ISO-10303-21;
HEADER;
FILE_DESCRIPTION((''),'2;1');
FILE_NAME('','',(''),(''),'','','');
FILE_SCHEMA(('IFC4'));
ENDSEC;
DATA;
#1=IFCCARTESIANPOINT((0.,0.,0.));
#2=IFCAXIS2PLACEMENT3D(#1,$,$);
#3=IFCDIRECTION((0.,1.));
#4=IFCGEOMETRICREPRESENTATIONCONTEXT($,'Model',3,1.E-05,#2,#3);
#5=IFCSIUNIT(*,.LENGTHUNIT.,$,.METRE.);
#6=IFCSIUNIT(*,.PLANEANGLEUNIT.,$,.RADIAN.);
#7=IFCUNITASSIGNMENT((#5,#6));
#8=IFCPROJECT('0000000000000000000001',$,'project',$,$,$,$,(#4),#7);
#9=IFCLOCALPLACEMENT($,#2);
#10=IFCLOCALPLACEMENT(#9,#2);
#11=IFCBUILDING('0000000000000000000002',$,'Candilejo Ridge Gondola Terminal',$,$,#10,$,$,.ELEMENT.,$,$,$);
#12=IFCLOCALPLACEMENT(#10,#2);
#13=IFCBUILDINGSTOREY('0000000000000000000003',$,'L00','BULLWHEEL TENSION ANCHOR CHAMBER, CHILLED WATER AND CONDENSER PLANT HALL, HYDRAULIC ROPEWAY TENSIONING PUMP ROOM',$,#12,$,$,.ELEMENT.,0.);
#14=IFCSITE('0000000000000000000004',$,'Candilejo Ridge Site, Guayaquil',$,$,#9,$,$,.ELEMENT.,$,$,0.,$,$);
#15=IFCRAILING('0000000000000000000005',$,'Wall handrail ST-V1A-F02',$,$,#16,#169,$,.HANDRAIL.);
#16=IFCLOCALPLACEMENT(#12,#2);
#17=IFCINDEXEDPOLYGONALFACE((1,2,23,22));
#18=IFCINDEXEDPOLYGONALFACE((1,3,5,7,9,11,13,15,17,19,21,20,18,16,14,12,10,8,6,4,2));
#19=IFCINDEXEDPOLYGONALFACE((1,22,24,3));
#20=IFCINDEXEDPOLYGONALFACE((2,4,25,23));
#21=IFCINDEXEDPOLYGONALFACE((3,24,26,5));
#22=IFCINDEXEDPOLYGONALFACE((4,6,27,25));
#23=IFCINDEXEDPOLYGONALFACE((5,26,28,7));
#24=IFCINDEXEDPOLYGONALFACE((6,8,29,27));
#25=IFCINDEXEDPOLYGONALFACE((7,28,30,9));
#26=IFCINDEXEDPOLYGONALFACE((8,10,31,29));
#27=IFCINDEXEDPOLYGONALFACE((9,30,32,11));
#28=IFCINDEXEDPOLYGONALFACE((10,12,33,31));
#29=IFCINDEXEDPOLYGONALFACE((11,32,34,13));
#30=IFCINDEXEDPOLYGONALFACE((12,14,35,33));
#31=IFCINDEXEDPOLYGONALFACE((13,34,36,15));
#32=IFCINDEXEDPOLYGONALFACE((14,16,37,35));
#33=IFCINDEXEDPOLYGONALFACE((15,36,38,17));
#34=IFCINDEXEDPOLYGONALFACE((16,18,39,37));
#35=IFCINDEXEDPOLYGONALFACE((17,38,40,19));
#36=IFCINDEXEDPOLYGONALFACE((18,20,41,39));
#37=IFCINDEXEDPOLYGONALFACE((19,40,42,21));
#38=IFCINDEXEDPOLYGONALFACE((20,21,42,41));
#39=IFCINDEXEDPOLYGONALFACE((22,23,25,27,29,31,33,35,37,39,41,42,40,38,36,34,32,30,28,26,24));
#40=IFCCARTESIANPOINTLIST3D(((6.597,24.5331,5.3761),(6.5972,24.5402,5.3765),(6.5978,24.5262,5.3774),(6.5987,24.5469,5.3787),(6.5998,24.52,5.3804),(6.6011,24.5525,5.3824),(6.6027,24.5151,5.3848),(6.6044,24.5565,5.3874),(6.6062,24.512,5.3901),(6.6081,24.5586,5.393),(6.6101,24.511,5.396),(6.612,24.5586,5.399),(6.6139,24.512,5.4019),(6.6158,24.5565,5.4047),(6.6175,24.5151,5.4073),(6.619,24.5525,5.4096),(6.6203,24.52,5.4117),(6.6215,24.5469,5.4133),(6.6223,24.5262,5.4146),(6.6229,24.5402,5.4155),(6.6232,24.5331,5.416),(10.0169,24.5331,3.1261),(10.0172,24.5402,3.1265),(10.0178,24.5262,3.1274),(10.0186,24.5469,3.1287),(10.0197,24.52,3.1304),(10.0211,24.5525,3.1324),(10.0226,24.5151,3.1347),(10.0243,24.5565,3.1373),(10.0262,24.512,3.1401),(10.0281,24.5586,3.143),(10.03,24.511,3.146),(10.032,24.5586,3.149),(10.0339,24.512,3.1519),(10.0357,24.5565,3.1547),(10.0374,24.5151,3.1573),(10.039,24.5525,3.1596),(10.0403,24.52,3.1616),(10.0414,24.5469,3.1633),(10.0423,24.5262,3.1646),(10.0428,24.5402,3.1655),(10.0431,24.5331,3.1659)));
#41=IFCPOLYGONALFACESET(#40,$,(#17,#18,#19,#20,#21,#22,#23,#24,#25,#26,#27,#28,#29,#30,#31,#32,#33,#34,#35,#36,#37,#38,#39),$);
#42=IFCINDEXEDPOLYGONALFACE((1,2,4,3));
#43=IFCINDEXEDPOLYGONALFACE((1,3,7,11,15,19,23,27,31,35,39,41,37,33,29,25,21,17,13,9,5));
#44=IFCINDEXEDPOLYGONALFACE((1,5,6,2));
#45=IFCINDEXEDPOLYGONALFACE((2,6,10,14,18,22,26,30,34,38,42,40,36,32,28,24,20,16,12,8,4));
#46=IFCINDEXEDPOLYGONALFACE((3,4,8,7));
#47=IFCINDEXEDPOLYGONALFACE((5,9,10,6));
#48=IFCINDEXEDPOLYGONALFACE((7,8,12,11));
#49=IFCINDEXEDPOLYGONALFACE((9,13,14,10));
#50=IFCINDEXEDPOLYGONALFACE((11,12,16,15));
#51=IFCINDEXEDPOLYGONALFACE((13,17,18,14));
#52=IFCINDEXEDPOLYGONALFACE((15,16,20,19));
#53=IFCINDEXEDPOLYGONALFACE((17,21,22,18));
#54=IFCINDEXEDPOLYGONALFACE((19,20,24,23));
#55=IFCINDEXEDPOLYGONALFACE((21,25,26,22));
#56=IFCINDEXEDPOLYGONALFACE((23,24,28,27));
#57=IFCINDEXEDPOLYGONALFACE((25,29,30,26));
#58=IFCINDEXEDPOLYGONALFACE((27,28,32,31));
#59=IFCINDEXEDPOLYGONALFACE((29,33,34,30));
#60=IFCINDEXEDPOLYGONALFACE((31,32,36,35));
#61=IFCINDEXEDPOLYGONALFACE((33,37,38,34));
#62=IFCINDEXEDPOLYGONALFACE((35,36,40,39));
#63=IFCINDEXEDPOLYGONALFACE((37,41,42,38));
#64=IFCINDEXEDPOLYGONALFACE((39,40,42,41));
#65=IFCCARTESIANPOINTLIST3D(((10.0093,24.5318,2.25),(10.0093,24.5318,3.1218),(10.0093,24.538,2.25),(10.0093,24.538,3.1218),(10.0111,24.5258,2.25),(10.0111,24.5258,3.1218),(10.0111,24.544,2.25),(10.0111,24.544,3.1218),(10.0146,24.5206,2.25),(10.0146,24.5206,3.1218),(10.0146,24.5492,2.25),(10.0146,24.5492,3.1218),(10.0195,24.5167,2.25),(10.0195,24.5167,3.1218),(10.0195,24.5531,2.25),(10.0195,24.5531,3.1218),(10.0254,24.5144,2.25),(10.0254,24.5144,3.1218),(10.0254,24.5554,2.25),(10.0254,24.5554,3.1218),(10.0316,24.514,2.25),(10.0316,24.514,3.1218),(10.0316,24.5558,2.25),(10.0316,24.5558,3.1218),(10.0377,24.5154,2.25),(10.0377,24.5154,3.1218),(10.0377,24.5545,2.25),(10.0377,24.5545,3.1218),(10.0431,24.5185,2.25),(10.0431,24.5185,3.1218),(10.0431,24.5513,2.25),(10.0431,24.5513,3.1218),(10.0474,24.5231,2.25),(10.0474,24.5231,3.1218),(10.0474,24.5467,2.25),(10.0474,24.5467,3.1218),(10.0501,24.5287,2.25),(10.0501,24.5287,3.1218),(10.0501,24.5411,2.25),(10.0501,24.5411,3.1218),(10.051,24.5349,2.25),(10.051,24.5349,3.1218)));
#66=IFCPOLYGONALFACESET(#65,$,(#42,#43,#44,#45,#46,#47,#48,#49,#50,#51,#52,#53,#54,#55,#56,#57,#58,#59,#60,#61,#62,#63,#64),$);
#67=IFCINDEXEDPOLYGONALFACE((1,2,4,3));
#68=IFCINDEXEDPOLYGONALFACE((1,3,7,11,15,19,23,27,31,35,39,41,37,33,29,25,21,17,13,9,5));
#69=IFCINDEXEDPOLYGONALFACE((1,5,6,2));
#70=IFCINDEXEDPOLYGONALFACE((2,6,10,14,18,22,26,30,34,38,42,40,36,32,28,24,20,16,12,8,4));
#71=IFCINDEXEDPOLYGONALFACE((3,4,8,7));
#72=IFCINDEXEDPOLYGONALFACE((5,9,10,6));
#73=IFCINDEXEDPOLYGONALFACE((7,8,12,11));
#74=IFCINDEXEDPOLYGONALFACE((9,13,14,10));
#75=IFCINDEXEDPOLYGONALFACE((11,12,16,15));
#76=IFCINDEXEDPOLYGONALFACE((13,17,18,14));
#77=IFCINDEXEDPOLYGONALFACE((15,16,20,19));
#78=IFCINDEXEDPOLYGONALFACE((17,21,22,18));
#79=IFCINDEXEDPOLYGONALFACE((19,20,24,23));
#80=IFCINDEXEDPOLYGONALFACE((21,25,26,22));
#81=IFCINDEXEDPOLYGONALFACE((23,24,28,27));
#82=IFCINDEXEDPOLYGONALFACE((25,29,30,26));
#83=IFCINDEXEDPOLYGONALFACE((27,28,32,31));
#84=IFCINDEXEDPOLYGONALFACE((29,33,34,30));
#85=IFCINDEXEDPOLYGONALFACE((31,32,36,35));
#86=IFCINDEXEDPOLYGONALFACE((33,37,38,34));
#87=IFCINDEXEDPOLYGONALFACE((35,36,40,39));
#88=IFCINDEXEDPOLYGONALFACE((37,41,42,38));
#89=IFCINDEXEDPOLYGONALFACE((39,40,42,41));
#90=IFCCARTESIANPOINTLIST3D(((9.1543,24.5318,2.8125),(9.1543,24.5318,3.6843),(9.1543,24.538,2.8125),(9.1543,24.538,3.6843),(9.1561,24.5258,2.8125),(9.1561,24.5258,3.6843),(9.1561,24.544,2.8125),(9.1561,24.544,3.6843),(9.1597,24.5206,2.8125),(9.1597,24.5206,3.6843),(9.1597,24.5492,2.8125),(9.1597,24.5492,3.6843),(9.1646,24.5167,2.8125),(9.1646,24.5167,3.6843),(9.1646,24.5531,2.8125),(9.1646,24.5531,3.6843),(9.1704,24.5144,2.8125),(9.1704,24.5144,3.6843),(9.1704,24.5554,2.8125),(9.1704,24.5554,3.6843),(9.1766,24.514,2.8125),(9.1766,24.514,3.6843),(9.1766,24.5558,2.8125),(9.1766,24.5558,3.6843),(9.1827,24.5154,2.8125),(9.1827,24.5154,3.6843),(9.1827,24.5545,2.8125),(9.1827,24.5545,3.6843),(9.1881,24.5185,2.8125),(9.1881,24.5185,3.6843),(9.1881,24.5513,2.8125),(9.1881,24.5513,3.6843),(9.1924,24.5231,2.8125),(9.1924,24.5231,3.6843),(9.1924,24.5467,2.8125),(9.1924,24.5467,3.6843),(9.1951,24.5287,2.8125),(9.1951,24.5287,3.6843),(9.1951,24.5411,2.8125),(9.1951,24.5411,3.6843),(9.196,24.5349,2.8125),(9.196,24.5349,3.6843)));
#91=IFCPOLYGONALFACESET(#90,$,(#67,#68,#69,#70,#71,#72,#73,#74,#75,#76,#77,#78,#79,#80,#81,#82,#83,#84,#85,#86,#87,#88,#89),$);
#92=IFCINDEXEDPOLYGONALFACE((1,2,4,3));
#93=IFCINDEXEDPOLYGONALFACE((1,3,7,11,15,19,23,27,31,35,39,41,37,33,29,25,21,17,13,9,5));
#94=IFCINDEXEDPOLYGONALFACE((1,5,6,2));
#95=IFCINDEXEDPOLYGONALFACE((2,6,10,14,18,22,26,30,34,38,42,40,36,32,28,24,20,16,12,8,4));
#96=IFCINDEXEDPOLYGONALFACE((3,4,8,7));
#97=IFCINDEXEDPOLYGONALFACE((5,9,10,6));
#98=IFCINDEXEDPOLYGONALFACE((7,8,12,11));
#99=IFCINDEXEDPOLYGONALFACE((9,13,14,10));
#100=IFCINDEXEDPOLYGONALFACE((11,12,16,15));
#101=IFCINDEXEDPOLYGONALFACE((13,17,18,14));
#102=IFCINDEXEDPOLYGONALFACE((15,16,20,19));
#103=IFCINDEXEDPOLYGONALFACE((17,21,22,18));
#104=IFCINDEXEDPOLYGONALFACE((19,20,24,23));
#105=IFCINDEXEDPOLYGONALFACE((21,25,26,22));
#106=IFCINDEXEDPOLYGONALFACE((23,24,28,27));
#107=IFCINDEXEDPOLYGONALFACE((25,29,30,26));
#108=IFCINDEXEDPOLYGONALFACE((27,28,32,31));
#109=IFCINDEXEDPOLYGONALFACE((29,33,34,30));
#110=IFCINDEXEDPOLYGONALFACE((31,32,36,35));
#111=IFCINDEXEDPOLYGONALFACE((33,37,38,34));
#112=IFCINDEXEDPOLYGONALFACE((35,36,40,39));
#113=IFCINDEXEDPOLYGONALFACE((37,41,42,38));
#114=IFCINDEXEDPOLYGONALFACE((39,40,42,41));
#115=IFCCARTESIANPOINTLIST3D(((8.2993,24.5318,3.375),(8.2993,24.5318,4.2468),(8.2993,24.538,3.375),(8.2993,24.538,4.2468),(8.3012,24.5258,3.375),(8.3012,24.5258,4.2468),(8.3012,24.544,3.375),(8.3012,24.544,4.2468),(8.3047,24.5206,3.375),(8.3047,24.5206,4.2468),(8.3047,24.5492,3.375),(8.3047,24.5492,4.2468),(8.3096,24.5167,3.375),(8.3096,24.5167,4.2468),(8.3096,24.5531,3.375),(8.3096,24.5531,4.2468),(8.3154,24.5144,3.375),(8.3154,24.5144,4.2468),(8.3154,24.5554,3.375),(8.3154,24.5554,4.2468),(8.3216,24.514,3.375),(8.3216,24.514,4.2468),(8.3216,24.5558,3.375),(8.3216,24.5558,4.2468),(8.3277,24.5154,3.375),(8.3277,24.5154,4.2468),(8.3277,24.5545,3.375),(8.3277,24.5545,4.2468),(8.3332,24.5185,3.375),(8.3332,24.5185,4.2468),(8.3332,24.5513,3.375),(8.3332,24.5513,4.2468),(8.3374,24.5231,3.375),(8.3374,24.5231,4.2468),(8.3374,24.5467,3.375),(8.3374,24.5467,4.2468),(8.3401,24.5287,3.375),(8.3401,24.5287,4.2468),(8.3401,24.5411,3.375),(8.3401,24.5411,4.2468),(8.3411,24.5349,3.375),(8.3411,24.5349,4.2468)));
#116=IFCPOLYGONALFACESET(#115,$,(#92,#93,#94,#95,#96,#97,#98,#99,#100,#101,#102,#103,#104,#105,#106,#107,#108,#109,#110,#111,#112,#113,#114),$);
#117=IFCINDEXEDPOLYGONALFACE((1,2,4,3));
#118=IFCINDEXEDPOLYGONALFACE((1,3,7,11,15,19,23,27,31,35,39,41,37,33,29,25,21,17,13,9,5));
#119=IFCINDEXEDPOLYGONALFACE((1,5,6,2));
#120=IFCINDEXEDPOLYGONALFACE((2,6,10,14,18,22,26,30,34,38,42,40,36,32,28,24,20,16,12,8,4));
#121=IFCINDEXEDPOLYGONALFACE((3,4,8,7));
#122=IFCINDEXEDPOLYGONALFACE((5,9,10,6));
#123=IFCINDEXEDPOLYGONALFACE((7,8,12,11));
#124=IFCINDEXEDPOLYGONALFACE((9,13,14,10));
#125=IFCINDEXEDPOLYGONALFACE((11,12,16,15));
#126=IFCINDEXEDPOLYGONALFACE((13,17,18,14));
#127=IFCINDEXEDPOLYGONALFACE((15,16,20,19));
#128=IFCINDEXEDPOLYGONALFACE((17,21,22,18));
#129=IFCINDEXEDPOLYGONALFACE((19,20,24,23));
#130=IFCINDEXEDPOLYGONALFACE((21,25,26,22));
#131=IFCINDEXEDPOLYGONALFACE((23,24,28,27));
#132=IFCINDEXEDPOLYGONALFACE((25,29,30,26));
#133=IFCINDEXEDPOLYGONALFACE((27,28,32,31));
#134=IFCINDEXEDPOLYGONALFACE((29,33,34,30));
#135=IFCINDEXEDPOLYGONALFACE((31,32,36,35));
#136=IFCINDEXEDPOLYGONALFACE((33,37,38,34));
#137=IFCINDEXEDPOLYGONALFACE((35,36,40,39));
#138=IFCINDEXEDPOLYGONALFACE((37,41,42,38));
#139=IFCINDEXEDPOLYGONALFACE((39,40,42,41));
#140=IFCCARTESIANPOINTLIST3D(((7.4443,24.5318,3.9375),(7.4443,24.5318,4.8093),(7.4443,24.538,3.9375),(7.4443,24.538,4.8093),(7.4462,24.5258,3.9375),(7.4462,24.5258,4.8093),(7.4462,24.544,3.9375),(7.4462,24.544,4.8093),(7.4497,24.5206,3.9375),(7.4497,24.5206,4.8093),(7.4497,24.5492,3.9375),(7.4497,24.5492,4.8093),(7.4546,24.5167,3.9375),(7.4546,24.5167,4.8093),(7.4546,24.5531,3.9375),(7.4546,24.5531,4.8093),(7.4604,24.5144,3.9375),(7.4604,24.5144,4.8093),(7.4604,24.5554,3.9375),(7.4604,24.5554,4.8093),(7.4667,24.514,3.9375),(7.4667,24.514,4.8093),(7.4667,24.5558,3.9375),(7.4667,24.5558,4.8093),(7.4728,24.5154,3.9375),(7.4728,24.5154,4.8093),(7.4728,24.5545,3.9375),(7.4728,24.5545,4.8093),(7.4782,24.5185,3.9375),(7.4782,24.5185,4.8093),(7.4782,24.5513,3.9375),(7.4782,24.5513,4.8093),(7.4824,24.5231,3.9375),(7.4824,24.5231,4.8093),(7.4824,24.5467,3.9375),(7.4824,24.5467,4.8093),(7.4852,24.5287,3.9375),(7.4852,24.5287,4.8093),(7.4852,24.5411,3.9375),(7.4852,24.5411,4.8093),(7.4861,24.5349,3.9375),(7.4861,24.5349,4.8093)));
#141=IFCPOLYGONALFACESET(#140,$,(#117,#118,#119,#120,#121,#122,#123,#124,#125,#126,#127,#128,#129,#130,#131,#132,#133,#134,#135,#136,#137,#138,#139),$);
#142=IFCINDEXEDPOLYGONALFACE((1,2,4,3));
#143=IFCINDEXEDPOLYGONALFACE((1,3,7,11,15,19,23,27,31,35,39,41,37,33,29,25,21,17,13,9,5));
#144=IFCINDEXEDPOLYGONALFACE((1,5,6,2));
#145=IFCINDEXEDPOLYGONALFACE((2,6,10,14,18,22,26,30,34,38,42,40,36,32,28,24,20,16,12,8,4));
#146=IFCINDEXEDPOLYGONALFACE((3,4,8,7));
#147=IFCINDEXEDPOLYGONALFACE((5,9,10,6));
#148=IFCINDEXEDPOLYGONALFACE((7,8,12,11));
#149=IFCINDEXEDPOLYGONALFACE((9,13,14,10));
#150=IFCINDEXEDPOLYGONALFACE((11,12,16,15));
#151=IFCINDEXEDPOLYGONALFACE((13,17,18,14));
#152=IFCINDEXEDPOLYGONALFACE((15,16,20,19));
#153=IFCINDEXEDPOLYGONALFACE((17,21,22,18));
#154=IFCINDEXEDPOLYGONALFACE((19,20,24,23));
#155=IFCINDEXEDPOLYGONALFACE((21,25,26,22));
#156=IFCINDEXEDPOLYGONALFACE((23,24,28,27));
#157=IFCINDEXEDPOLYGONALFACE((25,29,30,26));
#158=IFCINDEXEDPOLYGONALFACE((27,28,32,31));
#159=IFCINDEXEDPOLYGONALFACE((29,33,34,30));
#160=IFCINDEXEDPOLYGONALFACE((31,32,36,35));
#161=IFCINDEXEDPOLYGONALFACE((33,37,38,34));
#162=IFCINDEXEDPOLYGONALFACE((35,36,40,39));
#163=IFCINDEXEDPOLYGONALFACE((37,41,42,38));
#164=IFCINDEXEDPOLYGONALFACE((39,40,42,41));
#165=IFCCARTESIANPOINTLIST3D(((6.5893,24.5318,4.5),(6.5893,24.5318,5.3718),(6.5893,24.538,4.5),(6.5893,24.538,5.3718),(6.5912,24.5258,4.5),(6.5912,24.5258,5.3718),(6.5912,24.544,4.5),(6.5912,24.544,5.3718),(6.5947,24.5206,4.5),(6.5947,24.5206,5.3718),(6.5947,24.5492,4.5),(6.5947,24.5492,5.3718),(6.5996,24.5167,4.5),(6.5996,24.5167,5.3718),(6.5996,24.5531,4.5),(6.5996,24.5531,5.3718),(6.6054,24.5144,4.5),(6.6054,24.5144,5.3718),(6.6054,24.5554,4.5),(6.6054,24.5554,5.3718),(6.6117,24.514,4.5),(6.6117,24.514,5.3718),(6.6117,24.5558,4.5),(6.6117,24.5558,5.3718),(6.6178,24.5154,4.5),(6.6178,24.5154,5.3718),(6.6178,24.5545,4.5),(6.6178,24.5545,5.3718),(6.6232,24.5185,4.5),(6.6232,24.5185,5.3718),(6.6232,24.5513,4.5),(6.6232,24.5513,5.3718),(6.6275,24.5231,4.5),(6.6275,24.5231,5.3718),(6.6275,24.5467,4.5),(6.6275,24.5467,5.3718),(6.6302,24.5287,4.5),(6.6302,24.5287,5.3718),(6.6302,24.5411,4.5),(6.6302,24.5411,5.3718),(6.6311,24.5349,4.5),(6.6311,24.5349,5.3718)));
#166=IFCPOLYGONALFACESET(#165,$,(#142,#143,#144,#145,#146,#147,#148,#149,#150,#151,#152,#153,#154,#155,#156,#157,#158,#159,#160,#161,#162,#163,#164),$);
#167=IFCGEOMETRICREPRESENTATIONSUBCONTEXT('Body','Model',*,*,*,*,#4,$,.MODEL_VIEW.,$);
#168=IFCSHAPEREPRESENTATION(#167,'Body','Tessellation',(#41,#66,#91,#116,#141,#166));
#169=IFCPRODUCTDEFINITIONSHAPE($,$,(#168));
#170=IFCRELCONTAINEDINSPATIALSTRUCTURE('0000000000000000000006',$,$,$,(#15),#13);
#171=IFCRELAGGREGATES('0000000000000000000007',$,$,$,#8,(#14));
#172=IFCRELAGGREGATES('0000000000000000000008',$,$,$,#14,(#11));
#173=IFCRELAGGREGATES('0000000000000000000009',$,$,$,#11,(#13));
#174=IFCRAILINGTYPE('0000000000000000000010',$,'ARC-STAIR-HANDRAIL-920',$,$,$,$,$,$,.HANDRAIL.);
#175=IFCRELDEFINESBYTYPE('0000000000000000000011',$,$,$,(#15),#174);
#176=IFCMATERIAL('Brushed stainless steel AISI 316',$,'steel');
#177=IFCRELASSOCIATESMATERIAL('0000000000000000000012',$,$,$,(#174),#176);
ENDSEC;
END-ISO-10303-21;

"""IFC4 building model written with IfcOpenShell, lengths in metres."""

from ifc_helpers import new_model, si_unit, direction, frame, origin, origin_2d, place, context, subcontext, project, spatial, circle, extrude, material, type_object, element, save


model = new_model("IFC4")

# Units and contexts
model_context = context("Model", 3, precision=1e-05, world=origin(), true_north=direction((0.0, 1.0)))
body_context = subcontext(model_context, "Body", "Model", "MODEL_VIEW")
ifc_project = project(units=[si_unit("LENGTHUNIT", "METRE"), si_unit("PLANEANGLEUNIT", "RADIAN")], contexts=[model_context])

# Site, building, storey
site_placement = place(None, origin())
site = spatial("IfcSite", under=ifc_project, at=site_placement, Name="Candilejo Ridge Site, Guayaquil", CompositionType="ELEMENT", RefElevation=0.0)
building_placement = place(site_placement, origin())
building = spatial("IfcBuilding", under=site, at=building_placement, Name="Candilejo Ridge Gondola Terminal", CompositionType="ELEMENT")
storey_placement = place(building_placement, origin())
storey = spatial("IfcBuildingStorey", under=building, at=storey_placement, Name="L00", Description="BULLWHEEL TENSION ANCHOR CHAMBER, CHILLED WATER AND CONDENSER PLANT HALL, HYDRAULIC ROPEWAY TENSIONING PUMP ROOM", CompositionType="ELEMENT", Elevation=0.0)

# Railing
ifc_material_1 = material(Name="Brushed stainless steel AISI 316", Category="steel")
railing_type_1 = type_object("IfcRailingType", Name="ARC-STAIR-HANDRAIL-920", PredefinedType="HANDRAIL", material=ifc_material_1)
railing_1_placement = place(storey_placement, frame((10.03, 24.5349, 2.25)))
element("IfcRailing", 1, at=railing_1_placement, inside=storey, type_object=railing_type_1, Name="Wall handrail ST-V1A-F02", PredefinedType="HANDRAIL", context=body_context, shape_type="SweptSolid", body=[
    extrude(circle(Radius=0.0239, at=origin_2d()), frame((0.0, 0.0, 0.896), z_axis=(-0.835411, 0.0, 0.549625), x_axis=(0.0, -1.0, 0.0)), (0.0, 0.0, 1.0), 4.0938),
    extrude(circle(Radius=0.021, at=origin_2d()), origin(), (0.0, 0.0, 1.0), 0.8718),
    extrude(circle(Radius=0.021, at=origin_2d()), frame((-0.855, 0.0, 0.5625)), (0.0, 0.0, 1.0), 0.8718),
    extrude(circle(Radius=0.021, at=origin_2d()), frame((-1.71, 0.0, 1.125)), (0.0, 0.0, 1.0), 0.8718),
    extrude(circle(Radius=0.021, at=origin_2d()), frame((-2.5649, 0.0, 1.6875)), (0.0, 0.0, 1.0), 0.8718),
    extrude(circle(Radius=0.021, at=origin_2d()), frame((-3.4199, 0.0, 2.25)), (0.0, 0.0, 1.0), 0.8718),
])

save(model, "model.ifc")
